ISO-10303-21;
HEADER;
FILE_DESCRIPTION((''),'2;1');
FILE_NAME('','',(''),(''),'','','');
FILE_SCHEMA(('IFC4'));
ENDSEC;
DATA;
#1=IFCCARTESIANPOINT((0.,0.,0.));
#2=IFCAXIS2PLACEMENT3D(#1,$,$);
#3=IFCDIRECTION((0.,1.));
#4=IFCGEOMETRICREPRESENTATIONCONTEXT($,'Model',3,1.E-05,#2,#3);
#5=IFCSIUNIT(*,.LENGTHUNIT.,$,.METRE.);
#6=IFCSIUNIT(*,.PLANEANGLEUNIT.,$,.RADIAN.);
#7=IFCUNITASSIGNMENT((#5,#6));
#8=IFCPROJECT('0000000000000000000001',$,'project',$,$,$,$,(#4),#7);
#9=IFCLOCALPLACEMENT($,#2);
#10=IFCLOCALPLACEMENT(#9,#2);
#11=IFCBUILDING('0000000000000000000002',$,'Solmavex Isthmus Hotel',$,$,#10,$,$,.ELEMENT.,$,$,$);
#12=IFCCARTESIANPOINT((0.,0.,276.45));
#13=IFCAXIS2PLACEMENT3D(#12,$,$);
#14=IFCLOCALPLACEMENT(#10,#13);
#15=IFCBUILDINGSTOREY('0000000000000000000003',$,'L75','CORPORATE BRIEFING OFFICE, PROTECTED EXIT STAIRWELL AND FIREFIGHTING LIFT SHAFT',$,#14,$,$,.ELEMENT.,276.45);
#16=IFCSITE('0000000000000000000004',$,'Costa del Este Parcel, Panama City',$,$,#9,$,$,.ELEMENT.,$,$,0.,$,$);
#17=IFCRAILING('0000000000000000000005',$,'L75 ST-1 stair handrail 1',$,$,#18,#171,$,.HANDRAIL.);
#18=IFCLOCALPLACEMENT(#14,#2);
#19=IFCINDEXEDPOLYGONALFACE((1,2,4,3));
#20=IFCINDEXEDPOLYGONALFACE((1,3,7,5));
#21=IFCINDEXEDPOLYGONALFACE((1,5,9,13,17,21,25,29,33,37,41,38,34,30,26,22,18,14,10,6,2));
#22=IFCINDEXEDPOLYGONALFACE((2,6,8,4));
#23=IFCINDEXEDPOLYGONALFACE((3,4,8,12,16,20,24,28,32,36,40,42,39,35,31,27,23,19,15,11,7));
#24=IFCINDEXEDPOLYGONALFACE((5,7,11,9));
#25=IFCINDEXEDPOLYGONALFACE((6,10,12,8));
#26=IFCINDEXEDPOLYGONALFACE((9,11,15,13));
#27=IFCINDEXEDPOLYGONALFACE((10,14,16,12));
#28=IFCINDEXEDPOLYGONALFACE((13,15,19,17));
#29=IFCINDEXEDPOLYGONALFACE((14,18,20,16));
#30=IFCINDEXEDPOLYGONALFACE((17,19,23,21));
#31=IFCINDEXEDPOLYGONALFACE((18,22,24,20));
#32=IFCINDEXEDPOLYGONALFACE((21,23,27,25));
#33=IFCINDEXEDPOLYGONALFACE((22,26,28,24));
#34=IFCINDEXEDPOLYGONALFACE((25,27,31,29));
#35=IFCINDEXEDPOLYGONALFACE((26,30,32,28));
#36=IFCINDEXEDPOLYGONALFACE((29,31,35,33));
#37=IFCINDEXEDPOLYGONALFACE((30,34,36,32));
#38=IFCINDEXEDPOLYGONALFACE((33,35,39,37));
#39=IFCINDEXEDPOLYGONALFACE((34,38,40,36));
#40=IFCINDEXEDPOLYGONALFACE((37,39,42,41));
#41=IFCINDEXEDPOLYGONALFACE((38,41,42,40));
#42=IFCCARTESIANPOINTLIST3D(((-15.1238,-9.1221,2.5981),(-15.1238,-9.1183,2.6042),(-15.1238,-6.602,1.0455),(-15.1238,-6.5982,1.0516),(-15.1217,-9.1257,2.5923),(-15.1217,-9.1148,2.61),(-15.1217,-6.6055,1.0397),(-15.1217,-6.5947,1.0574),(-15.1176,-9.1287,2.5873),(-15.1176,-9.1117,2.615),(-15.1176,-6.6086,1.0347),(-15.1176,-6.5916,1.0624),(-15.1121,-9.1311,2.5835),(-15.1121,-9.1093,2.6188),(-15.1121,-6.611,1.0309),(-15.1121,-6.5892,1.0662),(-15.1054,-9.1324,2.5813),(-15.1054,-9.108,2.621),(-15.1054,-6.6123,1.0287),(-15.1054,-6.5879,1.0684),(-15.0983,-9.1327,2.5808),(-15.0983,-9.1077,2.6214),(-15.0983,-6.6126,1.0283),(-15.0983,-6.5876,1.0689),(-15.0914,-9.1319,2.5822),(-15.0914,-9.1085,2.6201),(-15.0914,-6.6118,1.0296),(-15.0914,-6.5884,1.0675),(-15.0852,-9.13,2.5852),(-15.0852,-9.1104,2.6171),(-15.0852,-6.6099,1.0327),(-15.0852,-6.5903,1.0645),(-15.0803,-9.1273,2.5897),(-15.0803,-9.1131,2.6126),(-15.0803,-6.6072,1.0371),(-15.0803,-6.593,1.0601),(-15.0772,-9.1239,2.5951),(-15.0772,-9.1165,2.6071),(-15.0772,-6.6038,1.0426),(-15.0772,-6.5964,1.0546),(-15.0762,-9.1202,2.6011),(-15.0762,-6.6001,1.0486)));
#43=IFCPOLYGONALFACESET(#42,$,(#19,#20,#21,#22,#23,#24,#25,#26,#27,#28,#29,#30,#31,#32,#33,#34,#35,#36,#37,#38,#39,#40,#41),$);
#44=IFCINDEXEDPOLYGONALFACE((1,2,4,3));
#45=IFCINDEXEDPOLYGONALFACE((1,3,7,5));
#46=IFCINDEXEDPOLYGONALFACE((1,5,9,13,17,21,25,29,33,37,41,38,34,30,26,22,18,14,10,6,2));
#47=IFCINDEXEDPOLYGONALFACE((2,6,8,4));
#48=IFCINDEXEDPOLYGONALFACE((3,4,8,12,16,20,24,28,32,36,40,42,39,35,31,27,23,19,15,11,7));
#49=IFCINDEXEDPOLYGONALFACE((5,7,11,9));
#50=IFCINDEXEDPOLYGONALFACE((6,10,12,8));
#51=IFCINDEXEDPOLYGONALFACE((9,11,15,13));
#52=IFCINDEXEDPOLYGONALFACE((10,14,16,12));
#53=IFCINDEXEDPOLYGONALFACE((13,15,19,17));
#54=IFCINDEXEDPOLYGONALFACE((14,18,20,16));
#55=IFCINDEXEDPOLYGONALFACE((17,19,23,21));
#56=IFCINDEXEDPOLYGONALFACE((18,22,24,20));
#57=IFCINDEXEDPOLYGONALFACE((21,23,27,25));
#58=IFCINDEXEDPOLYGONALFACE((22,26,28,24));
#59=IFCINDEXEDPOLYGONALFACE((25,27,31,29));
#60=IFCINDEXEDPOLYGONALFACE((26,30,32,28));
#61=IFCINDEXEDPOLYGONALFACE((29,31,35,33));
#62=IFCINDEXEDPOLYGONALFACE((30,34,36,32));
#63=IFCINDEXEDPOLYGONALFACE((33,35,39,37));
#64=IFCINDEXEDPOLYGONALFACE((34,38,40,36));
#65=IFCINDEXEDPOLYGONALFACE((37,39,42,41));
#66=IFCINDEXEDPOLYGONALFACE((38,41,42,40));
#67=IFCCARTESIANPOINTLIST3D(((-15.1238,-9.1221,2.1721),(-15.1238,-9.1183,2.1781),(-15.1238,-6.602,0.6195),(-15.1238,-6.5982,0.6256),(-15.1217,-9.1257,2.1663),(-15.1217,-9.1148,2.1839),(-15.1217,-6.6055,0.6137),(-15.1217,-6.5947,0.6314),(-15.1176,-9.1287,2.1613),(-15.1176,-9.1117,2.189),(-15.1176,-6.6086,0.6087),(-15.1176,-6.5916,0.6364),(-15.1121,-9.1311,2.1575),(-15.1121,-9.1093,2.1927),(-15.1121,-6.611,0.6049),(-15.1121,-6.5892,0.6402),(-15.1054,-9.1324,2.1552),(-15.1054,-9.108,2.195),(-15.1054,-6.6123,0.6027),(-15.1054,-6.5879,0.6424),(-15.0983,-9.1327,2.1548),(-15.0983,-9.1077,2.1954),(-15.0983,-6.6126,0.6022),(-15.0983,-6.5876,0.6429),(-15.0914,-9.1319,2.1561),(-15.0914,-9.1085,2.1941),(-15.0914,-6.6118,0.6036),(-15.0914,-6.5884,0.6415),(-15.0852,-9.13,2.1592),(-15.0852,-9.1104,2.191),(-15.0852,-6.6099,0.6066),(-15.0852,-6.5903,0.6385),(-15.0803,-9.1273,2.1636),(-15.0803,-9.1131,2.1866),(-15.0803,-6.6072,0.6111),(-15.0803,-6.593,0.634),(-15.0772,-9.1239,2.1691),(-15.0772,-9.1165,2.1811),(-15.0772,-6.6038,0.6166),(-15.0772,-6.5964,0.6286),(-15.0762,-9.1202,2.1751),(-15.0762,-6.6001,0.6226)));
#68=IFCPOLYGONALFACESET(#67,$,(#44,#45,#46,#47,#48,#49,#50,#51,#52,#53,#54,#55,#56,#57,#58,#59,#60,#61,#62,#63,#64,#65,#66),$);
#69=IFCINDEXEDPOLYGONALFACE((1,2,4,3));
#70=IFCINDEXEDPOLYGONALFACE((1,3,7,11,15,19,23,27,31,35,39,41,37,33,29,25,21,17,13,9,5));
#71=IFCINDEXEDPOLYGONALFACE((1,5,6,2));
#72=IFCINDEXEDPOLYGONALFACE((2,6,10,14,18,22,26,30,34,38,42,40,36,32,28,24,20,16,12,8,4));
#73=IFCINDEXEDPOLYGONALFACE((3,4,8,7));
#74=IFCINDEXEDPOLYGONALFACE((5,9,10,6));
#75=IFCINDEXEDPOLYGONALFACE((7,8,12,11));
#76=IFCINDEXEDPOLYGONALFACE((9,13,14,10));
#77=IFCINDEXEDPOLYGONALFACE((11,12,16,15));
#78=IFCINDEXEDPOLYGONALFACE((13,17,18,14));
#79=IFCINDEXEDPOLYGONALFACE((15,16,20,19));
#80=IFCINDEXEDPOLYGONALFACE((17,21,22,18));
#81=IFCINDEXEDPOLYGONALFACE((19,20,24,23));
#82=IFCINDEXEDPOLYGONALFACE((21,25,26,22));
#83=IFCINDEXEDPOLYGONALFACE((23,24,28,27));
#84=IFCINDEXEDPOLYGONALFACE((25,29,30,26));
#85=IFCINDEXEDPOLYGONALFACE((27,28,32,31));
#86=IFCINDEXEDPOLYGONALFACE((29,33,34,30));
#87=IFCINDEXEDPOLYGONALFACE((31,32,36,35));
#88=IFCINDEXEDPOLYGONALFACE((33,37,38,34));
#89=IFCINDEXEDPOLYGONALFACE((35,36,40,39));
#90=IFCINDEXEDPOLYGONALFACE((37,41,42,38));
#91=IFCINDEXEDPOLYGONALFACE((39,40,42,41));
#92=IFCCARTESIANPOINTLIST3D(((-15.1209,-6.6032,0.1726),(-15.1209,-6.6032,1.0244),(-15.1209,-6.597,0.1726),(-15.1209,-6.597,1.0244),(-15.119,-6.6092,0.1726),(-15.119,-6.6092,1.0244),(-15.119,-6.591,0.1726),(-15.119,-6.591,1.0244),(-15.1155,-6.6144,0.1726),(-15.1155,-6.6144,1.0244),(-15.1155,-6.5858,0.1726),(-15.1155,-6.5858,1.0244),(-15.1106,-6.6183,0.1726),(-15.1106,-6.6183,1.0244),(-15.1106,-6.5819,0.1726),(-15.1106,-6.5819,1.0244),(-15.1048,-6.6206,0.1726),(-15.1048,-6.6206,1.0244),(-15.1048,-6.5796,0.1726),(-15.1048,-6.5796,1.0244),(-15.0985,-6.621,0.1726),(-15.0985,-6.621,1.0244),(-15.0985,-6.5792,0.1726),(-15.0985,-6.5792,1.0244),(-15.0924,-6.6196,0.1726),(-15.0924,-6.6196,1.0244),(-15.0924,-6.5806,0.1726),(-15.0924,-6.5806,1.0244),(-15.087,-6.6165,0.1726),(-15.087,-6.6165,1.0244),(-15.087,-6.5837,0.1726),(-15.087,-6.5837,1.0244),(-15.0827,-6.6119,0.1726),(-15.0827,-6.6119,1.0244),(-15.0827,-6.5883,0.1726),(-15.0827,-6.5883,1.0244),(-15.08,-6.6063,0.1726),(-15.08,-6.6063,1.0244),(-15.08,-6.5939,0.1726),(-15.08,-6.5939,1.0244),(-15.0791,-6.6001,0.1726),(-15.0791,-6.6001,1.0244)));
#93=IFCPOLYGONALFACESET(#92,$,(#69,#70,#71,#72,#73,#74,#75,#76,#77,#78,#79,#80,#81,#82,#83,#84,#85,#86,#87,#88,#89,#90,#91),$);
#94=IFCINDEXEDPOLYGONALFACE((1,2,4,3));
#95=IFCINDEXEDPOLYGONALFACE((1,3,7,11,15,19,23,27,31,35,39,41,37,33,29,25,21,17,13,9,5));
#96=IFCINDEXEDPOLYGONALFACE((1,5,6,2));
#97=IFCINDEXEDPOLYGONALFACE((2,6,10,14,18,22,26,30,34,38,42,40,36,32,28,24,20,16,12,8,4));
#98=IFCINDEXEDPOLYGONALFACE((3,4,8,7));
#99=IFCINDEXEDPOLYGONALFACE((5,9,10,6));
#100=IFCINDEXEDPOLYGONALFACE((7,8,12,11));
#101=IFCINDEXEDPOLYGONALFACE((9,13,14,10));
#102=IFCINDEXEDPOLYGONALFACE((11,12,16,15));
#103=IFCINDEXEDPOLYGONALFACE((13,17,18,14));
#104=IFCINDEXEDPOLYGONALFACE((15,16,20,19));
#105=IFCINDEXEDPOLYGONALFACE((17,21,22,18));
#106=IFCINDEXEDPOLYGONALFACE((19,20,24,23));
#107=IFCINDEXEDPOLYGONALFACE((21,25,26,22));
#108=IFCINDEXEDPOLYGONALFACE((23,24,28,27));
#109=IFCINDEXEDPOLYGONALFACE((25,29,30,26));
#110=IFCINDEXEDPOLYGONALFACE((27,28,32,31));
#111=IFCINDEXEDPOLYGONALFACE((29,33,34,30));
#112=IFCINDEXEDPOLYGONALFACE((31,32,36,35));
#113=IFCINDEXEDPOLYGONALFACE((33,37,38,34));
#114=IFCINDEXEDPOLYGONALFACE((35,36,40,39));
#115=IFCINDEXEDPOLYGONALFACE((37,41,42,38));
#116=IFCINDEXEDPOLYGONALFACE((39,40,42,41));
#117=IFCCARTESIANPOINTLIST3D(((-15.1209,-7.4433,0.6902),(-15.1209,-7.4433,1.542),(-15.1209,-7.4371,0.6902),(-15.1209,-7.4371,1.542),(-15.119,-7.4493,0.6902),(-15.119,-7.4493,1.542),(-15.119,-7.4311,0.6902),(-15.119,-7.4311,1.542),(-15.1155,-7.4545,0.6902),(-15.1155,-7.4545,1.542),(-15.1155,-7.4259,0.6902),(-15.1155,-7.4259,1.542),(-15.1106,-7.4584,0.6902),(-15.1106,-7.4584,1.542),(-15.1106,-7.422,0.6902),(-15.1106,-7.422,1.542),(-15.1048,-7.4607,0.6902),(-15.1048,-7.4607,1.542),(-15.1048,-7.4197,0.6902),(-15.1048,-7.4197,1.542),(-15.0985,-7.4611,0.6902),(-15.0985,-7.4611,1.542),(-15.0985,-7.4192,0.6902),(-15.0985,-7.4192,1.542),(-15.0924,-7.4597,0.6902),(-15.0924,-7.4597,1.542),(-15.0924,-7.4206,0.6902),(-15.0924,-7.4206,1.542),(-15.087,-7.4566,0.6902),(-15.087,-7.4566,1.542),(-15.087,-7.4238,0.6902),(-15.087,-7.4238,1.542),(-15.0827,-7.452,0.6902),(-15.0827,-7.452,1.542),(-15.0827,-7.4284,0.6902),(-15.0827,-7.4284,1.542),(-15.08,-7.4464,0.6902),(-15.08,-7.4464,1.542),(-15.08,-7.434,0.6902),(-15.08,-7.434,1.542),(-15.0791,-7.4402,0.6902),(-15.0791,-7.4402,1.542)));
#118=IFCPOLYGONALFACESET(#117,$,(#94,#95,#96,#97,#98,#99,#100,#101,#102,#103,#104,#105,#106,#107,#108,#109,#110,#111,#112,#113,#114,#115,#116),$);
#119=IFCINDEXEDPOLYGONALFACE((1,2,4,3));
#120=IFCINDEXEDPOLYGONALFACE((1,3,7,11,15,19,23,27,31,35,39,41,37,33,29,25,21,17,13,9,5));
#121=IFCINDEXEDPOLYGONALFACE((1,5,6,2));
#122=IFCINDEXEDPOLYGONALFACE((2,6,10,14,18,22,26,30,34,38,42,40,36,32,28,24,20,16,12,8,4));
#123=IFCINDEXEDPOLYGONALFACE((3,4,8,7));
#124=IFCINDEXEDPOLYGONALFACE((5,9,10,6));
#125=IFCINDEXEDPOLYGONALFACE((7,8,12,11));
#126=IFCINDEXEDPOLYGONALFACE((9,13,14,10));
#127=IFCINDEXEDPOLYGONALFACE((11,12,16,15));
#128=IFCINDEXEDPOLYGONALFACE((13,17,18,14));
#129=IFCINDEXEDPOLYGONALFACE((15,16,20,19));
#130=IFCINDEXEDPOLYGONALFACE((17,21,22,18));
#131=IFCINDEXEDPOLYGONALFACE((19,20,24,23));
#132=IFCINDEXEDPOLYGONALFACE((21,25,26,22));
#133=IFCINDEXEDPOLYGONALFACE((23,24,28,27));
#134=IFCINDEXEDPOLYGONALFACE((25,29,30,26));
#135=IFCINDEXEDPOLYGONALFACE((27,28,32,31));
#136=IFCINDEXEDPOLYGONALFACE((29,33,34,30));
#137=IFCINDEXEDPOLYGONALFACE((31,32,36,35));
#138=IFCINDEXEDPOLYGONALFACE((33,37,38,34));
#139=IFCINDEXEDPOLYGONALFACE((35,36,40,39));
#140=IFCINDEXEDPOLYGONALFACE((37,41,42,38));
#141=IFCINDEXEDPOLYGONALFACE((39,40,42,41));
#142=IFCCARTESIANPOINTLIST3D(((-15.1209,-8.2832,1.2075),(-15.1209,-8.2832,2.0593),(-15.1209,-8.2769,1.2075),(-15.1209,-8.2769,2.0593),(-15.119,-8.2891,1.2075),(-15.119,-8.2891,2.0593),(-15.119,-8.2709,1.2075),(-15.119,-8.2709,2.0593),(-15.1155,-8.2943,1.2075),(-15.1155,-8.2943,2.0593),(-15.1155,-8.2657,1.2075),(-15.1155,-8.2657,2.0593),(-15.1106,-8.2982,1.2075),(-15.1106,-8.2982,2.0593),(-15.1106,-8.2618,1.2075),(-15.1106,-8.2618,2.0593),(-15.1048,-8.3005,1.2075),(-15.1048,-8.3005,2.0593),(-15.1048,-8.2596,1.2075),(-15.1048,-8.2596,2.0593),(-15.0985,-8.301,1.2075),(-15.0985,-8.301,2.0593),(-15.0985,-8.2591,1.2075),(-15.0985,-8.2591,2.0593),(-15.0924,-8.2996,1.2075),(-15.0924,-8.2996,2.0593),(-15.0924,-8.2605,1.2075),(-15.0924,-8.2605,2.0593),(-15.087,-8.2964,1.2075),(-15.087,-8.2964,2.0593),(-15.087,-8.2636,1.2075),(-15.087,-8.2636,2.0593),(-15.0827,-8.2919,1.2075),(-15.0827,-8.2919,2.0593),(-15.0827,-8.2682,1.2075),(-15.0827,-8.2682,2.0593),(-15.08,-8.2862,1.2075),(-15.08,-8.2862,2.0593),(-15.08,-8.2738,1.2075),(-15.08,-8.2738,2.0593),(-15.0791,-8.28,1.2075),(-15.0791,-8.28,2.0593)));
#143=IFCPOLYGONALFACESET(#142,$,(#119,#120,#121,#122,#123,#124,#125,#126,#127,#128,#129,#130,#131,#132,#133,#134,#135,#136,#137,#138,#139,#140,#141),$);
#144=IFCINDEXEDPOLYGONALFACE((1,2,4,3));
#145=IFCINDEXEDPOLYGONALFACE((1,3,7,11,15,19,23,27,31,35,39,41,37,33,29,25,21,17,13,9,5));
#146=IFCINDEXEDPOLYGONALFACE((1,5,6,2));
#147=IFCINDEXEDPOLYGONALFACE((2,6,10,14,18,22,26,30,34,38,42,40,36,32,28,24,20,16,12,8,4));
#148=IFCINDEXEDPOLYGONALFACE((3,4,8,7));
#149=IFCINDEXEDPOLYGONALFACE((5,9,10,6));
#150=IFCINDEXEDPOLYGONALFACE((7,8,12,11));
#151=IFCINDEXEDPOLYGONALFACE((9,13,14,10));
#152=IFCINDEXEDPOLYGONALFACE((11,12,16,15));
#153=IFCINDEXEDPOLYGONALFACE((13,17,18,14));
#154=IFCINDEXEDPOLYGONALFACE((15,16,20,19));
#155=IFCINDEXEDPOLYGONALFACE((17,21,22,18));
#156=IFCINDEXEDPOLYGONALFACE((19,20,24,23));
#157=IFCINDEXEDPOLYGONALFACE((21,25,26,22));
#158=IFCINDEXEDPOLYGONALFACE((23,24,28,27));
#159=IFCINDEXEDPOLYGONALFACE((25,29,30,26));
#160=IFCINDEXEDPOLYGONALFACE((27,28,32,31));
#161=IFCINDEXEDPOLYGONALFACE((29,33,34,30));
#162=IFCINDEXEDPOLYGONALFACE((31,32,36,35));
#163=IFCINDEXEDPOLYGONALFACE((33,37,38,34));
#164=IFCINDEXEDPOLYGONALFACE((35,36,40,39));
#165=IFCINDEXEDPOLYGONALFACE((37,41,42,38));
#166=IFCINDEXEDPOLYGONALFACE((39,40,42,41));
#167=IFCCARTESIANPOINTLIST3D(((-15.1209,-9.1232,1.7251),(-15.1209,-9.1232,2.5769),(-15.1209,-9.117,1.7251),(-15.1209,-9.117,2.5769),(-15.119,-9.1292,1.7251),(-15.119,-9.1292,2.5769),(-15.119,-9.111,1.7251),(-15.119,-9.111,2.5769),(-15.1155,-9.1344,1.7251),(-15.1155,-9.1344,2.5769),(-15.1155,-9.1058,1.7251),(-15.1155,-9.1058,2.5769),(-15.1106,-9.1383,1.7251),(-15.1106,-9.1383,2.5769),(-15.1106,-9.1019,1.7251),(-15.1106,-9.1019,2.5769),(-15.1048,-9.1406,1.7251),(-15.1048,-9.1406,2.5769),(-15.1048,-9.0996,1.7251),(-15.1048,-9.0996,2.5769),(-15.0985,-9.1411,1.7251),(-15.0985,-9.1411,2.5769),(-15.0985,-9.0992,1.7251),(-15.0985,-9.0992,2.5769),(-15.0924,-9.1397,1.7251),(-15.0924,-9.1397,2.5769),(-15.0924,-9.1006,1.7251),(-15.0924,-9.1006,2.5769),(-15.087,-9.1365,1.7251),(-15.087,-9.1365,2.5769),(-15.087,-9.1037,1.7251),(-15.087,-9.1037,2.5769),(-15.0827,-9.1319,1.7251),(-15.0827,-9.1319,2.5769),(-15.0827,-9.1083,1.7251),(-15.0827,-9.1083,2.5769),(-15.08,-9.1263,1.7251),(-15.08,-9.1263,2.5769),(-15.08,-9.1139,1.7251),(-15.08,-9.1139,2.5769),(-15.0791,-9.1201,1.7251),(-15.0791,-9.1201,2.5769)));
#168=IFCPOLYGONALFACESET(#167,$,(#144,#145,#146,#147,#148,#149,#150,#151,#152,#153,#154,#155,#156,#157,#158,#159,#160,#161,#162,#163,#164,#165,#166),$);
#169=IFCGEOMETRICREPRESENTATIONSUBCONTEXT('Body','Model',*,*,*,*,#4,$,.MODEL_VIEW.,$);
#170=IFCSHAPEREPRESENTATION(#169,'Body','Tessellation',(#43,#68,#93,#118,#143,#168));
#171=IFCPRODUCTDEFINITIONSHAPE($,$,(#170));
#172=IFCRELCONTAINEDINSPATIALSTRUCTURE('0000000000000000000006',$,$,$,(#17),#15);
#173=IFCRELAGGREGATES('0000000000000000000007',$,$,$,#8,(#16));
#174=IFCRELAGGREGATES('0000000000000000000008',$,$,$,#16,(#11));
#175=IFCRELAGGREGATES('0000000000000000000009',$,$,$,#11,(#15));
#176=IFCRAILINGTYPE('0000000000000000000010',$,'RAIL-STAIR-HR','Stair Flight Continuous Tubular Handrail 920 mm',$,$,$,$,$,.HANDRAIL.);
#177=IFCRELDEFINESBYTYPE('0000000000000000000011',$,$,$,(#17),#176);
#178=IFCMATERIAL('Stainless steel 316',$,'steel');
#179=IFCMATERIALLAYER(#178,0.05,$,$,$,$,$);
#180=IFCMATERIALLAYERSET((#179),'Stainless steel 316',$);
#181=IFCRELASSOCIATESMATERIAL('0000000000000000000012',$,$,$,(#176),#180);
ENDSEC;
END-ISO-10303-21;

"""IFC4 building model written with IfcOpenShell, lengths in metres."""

from ifc_helpers import new_model, si_unit, direction, frame, origin, origin_2d, place, context, subcontext, project, spatial, circle, extrude, material, layer, layer_set, type_object, element, save


model = new_model("IFC4")

# Units and contexts
model_context = context("Model", 3, precision=1e-05, world=origin(), true_north=direction((0.0, 1.0)))
body_context = subcontext(model_context, "Body", "Model", "MODEL_VIEW")
ifc_project = project(units=[si_unit("LENGTHUNIT", "METRE"), si_unit("PLANEANGLEUNIT", "RADIAN")], contexts=[model_context])

# Site, building, storey
site_placement = place(None, origin())
site = spatial("IfcSite", under=ifc_project, at=site_placement, Name="Costa del Este Parcel, Panama City", CompositionType="ELEMENT", RefElevation=0.0)
building_placement = place(site_placement, origin())
building = spatial("IfcBuilding", under=site, at=building_placement, Name="Solmavex Isthmus Hotel", CompositionType="ELEMENT")
storey_placement = place(building_placement, frame((0.0, 0.0, 276.45)))
storey = spatial("IfcBuildingStorey", under=building, at=storey_placement, Name="L75", Description="CORPORATE BRIEFING OFFICE, PROTECTED EXIT STAIRWELL AND FIREFIGHTING LIFT SHAFT", CompositionType="ELEMENT", Elevation=276.45)

# Shared definitions
ifc_material_1 = material(Name="Stainless steel 316", Category="steel")

# Railing
ifc_layer_1 = layer(ifc_material_1, 0.05)
ifc_layer_set_1 = layer_set([ifc_layer_1], Name="Stainless steel 316")
railing_type_1 = type_object("IfcRailingType", Name="RAIL-STAIR-HR", Description="Stair Flight Continuous Tubular Handrail 920 mm", PredefinedType="HANDRAIL", material=ifc_layer_set_1)
railing_1_placement = place(storey_placement, frame((-15.1001, -6.6001, 0.1726)))
element("IfcRailing", 1, at=railing_1_placement, inside=storey, type_object=railing_type_1, Name="L75 ST-1 stair handrail 1", PredefinedType="HANDRAIL", context=body_context, shape_type="SweptSolid", body=[
    extrude(circle(Radius=0.0239, at=origin_2d()), frame((0.0, 0.0, 0.876), z_axis=(0.0, -0.8514, 0.524516), x_axis=(1.0, 0.0, 0.0)), (0.0, 0.0, 1.0), 2.96),
    extrude(circle(Radius=0.0239, at=origin_2d()), frame((0.0, 0.0, 0.45), z_axis=(0.0, -0.8514, 0.524516), x_axis=(1.0, 0.0, 0.0)), (0.0, 0.0, 1.0), 2.96),
    extrude(circle(Radius=0.021, at=origin_2d()), origin(), (0.0, 0.0, 1.0), 0.8518),
    extrude(circle(Radius=0.021, at=origin_2d()), frame((0.0, -0.8401, 0.5176)), (0.0, 0.0, 1.0), 0.8518),
    extrude(circle(Radius=0.021, at=origin_2d()), frame((0.0, -1.6799, 1.0349)), (0.0, 0.0, 1.0), 0.8518),
    extrude(circle(Radius=0.021, at=origin_2d()), frame((0.0, -2.52, 1.5525)), (0.0, 0.0, 1.0), 0.8518),
])

save(model, "model.ifc")
